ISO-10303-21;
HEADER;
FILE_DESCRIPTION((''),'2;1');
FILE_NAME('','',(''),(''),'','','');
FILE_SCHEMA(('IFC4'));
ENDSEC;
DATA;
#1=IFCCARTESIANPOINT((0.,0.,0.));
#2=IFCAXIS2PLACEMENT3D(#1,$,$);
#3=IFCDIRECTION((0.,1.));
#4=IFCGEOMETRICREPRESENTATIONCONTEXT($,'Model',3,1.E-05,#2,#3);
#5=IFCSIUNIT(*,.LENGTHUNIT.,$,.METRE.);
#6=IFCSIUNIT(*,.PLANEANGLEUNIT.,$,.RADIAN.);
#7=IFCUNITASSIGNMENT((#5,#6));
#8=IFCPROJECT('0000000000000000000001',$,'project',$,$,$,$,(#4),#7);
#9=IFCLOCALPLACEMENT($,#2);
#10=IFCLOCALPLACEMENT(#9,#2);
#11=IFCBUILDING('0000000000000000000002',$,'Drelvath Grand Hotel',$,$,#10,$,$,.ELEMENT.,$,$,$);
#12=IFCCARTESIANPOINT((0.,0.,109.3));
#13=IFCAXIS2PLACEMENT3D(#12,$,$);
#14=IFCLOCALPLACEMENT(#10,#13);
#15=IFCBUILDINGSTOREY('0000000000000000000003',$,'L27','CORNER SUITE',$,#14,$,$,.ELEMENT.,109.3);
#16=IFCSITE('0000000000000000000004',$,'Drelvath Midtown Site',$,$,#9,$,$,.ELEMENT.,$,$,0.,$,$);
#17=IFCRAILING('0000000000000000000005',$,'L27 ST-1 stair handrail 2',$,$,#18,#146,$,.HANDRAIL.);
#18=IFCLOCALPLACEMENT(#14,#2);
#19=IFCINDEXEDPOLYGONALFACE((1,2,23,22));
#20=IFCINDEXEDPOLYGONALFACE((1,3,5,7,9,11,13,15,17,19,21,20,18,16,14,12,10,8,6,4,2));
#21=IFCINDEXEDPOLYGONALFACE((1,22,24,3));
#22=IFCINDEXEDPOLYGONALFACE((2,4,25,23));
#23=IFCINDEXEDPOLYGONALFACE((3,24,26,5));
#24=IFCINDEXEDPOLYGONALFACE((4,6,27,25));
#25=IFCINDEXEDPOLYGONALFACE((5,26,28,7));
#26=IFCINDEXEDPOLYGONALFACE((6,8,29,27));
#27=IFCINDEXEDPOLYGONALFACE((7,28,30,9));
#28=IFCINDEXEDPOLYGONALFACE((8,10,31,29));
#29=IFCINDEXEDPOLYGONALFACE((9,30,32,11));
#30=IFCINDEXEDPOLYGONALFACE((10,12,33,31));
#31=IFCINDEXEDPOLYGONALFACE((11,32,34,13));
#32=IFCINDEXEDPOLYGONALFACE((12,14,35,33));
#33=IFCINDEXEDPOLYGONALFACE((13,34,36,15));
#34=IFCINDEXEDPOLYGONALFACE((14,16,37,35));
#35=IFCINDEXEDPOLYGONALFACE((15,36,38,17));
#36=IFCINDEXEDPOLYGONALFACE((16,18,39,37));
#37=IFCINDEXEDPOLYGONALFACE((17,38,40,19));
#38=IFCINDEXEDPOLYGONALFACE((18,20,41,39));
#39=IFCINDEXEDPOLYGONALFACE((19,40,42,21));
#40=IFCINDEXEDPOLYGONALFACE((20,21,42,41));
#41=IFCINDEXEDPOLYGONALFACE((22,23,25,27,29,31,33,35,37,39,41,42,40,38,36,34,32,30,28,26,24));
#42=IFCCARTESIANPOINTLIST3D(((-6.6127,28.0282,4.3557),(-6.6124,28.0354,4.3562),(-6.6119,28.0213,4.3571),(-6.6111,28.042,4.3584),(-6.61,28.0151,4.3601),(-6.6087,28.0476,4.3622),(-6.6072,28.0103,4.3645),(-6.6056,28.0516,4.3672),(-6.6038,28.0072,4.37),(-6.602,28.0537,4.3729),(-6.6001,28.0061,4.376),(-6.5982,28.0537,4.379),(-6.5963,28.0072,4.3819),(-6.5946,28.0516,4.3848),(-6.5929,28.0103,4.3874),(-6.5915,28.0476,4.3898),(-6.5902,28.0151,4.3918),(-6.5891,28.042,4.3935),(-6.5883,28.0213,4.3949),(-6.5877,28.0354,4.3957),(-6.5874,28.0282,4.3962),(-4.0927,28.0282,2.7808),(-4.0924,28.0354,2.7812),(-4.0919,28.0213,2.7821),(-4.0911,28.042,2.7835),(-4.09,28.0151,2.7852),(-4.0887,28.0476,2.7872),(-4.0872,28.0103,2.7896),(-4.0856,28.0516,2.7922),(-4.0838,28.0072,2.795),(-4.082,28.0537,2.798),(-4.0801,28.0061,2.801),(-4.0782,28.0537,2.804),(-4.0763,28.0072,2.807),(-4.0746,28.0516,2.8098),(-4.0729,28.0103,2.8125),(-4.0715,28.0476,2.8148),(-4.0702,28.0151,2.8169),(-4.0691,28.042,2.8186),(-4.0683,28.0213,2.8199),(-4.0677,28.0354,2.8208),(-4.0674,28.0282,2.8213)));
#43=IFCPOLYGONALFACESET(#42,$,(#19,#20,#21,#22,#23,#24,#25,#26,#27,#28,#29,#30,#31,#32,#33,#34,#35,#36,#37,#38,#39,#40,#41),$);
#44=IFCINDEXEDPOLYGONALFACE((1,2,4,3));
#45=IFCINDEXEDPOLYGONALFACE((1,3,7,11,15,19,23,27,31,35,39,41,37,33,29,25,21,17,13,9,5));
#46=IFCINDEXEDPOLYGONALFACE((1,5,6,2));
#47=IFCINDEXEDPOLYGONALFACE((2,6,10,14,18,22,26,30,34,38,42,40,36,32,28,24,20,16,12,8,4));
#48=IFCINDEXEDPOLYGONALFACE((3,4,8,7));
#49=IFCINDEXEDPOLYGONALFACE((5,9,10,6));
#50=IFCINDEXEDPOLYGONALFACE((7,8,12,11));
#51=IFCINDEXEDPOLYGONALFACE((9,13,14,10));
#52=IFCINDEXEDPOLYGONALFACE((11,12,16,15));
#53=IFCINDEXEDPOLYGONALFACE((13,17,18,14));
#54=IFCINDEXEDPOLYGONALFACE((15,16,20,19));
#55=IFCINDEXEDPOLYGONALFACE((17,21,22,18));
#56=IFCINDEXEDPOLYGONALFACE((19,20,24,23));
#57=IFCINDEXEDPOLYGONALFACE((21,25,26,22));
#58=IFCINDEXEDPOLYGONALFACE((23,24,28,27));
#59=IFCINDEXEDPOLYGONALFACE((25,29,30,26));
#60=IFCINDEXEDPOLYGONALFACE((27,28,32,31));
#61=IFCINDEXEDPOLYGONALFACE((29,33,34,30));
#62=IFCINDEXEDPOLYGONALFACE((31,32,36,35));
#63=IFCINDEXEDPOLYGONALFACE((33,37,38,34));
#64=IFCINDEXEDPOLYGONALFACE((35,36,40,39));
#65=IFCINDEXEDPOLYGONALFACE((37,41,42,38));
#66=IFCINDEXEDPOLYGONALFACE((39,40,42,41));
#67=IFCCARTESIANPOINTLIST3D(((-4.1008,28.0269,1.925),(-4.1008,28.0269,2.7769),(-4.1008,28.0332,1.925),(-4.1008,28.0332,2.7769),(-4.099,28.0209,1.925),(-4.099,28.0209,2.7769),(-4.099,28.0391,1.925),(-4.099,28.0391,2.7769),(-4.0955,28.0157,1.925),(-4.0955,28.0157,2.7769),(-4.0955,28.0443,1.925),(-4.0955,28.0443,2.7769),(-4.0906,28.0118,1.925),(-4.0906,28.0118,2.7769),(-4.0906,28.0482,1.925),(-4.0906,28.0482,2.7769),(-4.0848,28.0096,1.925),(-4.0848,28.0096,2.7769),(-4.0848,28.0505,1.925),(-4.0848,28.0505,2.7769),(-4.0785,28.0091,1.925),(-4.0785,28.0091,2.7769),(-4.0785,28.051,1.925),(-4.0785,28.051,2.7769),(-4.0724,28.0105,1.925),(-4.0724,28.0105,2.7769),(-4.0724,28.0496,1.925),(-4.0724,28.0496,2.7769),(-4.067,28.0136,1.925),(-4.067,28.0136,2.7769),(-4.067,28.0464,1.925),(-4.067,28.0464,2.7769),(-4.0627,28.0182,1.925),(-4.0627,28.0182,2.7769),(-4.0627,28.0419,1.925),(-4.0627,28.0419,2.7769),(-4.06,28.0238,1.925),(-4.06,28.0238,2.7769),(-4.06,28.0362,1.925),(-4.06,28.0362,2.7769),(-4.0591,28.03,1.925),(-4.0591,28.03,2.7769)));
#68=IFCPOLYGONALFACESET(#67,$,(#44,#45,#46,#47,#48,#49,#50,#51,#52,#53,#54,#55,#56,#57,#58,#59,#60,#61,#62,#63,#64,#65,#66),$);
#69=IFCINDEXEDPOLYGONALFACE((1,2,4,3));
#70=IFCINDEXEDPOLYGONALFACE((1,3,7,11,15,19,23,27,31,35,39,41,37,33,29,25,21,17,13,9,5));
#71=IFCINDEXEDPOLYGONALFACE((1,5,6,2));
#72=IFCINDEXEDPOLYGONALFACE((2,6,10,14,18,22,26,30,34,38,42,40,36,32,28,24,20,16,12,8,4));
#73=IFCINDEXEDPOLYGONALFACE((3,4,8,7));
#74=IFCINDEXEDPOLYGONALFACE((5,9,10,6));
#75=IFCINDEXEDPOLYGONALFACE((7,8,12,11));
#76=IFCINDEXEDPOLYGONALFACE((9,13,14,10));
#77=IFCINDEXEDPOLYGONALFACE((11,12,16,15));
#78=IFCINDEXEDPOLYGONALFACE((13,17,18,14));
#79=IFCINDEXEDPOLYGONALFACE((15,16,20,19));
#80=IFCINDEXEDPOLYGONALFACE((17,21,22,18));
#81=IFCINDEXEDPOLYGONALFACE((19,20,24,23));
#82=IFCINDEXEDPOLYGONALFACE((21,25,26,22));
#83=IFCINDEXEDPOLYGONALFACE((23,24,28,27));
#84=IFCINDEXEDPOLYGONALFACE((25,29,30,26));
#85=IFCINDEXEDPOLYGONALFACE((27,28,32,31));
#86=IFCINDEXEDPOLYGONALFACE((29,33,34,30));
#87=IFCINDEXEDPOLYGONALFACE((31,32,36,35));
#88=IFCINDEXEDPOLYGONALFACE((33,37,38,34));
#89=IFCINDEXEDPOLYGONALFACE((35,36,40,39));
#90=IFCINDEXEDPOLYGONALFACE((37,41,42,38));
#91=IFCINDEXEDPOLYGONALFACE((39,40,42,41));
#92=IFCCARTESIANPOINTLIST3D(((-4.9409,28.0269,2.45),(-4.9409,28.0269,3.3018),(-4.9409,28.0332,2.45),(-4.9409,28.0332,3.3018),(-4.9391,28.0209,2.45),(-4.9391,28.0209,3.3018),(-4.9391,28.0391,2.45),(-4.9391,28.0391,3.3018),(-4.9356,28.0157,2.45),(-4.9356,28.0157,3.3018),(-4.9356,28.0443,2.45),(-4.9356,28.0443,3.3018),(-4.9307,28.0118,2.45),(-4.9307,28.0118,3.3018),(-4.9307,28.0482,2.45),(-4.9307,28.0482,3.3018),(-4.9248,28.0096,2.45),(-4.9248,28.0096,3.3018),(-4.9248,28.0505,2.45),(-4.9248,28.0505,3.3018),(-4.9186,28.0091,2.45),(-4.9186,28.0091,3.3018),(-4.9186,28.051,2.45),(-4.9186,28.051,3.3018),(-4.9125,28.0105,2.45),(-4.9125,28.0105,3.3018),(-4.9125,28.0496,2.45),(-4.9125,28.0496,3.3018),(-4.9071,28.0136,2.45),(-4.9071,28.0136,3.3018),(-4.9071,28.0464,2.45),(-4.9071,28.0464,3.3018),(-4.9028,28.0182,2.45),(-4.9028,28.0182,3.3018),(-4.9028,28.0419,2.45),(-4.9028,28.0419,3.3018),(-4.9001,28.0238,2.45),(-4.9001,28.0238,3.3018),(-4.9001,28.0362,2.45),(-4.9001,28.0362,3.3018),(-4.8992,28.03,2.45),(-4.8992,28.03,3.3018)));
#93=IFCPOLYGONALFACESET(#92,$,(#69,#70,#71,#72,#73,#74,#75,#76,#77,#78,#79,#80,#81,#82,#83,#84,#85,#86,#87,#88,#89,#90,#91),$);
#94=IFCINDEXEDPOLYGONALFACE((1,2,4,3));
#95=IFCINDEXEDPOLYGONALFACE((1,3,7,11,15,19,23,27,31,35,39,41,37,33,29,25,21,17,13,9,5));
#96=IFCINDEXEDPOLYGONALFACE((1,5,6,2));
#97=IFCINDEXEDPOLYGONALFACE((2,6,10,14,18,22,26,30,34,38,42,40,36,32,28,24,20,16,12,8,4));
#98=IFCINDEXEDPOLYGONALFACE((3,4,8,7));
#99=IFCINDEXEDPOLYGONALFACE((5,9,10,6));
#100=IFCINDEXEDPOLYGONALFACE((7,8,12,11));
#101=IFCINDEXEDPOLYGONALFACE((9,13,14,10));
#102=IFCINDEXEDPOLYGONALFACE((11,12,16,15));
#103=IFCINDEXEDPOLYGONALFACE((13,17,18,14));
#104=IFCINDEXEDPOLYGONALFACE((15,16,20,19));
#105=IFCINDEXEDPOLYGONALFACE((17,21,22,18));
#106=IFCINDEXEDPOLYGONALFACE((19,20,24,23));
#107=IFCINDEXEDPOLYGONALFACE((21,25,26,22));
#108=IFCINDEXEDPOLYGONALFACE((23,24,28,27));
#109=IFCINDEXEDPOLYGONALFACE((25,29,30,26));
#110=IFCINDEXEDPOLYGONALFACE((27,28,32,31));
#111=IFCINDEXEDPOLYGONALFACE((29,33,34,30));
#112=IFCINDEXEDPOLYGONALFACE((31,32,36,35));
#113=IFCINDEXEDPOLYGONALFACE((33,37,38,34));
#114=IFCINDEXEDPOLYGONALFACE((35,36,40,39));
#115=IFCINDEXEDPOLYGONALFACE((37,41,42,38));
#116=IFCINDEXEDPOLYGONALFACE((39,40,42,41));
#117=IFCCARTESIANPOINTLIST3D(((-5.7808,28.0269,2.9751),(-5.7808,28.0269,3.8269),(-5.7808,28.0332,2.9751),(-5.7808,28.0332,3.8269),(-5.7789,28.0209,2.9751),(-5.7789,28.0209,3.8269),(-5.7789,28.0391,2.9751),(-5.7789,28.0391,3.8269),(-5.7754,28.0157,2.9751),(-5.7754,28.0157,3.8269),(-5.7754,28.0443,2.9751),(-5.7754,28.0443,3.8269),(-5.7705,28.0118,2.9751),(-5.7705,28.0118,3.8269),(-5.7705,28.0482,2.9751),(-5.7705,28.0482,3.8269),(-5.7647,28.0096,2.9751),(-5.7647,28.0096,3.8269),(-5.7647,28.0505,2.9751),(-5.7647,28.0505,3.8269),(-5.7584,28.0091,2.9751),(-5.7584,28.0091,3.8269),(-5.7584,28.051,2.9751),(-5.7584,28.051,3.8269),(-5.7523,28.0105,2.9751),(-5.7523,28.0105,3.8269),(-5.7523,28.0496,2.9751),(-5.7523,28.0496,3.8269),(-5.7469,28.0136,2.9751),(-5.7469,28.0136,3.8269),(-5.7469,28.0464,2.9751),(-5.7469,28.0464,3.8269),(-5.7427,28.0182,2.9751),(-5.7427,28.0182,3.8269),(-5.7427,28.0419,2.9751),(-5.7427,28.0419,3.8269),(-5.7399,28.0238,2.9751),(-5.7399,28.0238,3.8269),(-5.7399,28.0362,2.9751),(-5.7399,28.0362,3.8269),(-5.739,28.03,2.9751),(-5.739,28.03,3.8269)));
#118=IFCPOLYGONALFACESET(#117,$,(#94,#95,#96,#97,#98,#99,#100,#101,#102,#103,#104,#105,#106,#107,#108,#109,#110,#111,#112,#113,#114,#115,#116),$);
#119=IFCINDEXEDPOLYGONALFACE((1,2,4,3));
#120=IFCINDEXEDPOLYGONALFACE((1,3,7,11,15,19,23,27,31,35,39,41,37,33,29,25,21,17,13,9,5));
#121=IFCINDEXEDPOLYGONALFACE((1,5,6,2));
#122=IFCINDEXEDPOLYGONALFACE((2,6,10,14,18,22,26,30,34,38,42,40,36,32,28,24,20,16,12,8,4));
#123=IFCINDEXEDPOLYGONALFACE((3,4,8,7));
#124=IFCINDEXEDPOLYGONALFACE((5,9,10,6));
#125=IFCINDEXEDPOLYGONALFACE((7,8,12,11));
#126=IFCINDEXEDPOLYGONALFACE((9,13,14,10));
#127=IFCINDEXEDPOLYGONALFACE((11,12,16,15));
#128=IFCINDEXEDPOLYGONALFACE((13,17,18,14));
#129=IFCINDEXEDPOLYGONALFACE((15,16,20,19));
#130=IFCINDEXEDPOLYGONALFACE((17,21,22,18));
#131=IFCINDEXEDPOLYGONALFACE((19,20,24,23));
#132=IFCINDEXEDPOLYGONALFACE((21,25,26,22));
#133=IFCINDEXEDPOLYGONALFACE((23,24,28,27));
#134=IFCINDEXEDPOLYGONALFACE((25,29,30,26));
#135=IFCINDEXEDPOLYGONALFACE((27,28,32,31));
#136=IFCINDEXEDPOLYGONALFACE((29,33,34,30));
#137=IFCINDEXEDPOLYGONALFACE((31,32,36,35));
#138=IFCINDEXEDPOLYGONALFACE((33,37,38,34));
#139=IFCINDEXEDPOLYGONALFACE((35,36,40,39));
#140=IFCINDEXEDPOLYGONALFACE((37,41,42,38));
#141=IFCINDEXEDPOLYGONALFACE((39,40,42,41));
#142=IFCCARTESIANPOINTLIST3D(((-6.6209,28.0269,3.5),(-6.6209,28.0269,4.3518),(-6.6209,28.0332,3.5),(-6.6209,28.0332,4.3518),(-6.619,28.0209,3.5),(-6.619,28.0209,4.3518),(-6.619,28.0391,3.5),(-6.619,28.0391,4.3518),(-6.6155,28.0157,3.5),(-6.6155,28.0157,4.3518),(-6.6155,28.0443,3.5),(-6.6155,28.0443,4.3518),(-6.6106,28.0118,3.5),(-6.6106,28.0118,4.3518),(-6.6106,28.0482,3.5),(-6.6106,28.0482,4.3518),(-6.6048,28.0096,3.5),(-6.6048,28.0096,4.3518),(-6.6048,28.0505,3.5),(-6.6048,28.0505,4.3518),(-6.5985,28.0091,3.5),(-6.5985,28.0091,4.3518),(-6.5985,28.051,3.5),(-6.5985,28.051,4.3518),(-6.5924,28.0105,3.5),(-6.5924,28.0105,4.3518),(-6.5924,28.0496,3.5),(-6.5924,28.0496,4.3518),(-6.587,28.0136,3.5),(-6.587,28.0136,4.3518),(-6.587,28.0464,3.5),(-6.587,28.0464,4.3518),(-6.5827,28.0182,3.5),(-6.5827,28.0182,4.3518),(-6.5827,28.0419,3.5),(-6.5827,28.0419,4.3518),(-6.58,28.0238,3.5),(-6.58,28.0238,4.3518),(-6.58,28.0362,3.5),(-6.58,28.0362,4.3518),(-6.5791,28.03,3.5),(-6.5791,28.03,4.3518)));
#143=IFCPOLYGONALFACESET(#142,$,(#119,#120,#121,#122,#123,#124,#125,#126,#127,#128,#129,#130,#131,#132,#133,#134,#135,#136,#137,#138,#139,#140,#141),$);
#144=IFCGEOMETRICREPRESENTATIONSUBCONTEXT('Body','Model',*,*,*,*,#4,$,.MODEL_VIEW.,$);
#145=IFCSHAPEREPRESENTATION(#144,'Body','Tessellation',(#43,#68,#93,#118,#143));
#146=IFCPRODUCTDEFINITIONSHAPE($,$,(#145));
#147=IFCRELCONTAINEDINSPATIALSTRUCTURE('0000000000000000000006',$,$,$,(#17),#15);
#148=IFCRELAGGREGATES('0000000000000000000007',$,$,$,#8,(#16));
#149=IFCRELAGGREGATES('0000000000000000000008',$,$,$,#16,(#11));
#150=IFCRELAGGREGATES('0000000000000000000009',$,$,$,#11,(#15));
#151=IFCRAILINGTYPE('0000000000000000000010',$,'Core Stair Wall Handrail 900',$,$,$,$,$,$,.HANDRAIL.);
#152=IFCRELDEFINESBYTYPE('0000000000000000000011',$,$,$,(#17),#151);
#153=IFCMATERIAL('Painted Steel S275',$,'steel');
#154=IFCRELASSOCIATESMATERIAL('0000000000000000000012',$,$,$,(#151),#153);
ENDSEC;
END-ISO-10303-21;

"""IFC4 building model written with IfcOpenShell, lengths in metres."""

from ifc_helpers import new_model, si_unit, direction, frame, origin, origin_2d, place, context, subcontext, project, spatial, circle, extrude, material, type_object, element, save


model = new_model("IFC4")

# Units and contexts
model_context = context("Model", 3, precision=1e-05, world=origin(), true_north=direction((0.0, 1.0)))
body_context = subcontext(model_context, "Body", "Model", "MODEL_VIEW")
ifc_project = project(units=[si_unit("LENGTHUNIT", "METRE"), si_unit("PLANEANGLEUNIT", "RADIAN")], contexts=[model_context])

# Site, building, storey
site_placement = place(None, origin())
site = spatial("IfcSite", under=ifc_project, at=site_placement, Name="Drelvath Midtown Site", CompositionType="ELEMENT", RefElevation=0.0)
building_placement = place(site_placement, origin())
building = spatial("IfcBuilding", under=site, at=building_placement, Name="Drelvath Grand Hotel", CompositionType="ELEMENT")
storey_placement = place(building_placement, frame((0.0, 0.0, 109.3)))
storey = spatial("IfcBuildingStorey", under=building, at=storey_placement, Name="L27", Description="CORNER SUITE", CompositionType="ELEMENT", Elevation=109.3)

# Shared definitions
ifc_material_1 = material(Name="Painted Steel S275", Category="steel")

# Railing
railing_type = type_object("IfcRailingType", Name="Core Stair Wall Handrail 900", PredefinedType="HANDRAIL", material=ifc_material_1)
railing_placement = place(storey_placement, frame((-4.0801, 28.03, 1.925)))
element("IfcRailing", 1, at=railing_placement, inside=storey, type_object=railing_type, Name="L27 ST-1 stair handrail 2", PredefinedType="HANDRAIL", context=body_context, shape_type="SweptSolid", body=[
    extrude(circle(Radius=0.0239, at=origin_2d()), frame((0.0, 0.0, 0.876), z_axis=(-0.848008, 0.0, 0.529984), x_axis=(0.0, -1.0, 0.0)), (0.0, 0.0, 1.0), 2.9717),
    extrude(circle(Radius=0.021, at=origin_2d()), origin(), (0.0, 0.0, 1.0), 0.8518),
    extrude(circle(Radius=0.021, at=origin_2d()), frame((-0.8401, 0.0, 0.5249)), (0.0, 0.0, 1.0), 0.8518),
    extrude(circle(Radius=0.021, at=origin_2d()), frame((-1.6799, 0.0, 1.05)), (0.0, 0.0, 1.0), 0.8518),
    extrude(circle(Radius=0.021, at=origin_2d()), frame((-2.52, 0.0, 1.575)), (0.0, 0.0, 1.0), 0.8518),
])

save(model, "model.ifc")
